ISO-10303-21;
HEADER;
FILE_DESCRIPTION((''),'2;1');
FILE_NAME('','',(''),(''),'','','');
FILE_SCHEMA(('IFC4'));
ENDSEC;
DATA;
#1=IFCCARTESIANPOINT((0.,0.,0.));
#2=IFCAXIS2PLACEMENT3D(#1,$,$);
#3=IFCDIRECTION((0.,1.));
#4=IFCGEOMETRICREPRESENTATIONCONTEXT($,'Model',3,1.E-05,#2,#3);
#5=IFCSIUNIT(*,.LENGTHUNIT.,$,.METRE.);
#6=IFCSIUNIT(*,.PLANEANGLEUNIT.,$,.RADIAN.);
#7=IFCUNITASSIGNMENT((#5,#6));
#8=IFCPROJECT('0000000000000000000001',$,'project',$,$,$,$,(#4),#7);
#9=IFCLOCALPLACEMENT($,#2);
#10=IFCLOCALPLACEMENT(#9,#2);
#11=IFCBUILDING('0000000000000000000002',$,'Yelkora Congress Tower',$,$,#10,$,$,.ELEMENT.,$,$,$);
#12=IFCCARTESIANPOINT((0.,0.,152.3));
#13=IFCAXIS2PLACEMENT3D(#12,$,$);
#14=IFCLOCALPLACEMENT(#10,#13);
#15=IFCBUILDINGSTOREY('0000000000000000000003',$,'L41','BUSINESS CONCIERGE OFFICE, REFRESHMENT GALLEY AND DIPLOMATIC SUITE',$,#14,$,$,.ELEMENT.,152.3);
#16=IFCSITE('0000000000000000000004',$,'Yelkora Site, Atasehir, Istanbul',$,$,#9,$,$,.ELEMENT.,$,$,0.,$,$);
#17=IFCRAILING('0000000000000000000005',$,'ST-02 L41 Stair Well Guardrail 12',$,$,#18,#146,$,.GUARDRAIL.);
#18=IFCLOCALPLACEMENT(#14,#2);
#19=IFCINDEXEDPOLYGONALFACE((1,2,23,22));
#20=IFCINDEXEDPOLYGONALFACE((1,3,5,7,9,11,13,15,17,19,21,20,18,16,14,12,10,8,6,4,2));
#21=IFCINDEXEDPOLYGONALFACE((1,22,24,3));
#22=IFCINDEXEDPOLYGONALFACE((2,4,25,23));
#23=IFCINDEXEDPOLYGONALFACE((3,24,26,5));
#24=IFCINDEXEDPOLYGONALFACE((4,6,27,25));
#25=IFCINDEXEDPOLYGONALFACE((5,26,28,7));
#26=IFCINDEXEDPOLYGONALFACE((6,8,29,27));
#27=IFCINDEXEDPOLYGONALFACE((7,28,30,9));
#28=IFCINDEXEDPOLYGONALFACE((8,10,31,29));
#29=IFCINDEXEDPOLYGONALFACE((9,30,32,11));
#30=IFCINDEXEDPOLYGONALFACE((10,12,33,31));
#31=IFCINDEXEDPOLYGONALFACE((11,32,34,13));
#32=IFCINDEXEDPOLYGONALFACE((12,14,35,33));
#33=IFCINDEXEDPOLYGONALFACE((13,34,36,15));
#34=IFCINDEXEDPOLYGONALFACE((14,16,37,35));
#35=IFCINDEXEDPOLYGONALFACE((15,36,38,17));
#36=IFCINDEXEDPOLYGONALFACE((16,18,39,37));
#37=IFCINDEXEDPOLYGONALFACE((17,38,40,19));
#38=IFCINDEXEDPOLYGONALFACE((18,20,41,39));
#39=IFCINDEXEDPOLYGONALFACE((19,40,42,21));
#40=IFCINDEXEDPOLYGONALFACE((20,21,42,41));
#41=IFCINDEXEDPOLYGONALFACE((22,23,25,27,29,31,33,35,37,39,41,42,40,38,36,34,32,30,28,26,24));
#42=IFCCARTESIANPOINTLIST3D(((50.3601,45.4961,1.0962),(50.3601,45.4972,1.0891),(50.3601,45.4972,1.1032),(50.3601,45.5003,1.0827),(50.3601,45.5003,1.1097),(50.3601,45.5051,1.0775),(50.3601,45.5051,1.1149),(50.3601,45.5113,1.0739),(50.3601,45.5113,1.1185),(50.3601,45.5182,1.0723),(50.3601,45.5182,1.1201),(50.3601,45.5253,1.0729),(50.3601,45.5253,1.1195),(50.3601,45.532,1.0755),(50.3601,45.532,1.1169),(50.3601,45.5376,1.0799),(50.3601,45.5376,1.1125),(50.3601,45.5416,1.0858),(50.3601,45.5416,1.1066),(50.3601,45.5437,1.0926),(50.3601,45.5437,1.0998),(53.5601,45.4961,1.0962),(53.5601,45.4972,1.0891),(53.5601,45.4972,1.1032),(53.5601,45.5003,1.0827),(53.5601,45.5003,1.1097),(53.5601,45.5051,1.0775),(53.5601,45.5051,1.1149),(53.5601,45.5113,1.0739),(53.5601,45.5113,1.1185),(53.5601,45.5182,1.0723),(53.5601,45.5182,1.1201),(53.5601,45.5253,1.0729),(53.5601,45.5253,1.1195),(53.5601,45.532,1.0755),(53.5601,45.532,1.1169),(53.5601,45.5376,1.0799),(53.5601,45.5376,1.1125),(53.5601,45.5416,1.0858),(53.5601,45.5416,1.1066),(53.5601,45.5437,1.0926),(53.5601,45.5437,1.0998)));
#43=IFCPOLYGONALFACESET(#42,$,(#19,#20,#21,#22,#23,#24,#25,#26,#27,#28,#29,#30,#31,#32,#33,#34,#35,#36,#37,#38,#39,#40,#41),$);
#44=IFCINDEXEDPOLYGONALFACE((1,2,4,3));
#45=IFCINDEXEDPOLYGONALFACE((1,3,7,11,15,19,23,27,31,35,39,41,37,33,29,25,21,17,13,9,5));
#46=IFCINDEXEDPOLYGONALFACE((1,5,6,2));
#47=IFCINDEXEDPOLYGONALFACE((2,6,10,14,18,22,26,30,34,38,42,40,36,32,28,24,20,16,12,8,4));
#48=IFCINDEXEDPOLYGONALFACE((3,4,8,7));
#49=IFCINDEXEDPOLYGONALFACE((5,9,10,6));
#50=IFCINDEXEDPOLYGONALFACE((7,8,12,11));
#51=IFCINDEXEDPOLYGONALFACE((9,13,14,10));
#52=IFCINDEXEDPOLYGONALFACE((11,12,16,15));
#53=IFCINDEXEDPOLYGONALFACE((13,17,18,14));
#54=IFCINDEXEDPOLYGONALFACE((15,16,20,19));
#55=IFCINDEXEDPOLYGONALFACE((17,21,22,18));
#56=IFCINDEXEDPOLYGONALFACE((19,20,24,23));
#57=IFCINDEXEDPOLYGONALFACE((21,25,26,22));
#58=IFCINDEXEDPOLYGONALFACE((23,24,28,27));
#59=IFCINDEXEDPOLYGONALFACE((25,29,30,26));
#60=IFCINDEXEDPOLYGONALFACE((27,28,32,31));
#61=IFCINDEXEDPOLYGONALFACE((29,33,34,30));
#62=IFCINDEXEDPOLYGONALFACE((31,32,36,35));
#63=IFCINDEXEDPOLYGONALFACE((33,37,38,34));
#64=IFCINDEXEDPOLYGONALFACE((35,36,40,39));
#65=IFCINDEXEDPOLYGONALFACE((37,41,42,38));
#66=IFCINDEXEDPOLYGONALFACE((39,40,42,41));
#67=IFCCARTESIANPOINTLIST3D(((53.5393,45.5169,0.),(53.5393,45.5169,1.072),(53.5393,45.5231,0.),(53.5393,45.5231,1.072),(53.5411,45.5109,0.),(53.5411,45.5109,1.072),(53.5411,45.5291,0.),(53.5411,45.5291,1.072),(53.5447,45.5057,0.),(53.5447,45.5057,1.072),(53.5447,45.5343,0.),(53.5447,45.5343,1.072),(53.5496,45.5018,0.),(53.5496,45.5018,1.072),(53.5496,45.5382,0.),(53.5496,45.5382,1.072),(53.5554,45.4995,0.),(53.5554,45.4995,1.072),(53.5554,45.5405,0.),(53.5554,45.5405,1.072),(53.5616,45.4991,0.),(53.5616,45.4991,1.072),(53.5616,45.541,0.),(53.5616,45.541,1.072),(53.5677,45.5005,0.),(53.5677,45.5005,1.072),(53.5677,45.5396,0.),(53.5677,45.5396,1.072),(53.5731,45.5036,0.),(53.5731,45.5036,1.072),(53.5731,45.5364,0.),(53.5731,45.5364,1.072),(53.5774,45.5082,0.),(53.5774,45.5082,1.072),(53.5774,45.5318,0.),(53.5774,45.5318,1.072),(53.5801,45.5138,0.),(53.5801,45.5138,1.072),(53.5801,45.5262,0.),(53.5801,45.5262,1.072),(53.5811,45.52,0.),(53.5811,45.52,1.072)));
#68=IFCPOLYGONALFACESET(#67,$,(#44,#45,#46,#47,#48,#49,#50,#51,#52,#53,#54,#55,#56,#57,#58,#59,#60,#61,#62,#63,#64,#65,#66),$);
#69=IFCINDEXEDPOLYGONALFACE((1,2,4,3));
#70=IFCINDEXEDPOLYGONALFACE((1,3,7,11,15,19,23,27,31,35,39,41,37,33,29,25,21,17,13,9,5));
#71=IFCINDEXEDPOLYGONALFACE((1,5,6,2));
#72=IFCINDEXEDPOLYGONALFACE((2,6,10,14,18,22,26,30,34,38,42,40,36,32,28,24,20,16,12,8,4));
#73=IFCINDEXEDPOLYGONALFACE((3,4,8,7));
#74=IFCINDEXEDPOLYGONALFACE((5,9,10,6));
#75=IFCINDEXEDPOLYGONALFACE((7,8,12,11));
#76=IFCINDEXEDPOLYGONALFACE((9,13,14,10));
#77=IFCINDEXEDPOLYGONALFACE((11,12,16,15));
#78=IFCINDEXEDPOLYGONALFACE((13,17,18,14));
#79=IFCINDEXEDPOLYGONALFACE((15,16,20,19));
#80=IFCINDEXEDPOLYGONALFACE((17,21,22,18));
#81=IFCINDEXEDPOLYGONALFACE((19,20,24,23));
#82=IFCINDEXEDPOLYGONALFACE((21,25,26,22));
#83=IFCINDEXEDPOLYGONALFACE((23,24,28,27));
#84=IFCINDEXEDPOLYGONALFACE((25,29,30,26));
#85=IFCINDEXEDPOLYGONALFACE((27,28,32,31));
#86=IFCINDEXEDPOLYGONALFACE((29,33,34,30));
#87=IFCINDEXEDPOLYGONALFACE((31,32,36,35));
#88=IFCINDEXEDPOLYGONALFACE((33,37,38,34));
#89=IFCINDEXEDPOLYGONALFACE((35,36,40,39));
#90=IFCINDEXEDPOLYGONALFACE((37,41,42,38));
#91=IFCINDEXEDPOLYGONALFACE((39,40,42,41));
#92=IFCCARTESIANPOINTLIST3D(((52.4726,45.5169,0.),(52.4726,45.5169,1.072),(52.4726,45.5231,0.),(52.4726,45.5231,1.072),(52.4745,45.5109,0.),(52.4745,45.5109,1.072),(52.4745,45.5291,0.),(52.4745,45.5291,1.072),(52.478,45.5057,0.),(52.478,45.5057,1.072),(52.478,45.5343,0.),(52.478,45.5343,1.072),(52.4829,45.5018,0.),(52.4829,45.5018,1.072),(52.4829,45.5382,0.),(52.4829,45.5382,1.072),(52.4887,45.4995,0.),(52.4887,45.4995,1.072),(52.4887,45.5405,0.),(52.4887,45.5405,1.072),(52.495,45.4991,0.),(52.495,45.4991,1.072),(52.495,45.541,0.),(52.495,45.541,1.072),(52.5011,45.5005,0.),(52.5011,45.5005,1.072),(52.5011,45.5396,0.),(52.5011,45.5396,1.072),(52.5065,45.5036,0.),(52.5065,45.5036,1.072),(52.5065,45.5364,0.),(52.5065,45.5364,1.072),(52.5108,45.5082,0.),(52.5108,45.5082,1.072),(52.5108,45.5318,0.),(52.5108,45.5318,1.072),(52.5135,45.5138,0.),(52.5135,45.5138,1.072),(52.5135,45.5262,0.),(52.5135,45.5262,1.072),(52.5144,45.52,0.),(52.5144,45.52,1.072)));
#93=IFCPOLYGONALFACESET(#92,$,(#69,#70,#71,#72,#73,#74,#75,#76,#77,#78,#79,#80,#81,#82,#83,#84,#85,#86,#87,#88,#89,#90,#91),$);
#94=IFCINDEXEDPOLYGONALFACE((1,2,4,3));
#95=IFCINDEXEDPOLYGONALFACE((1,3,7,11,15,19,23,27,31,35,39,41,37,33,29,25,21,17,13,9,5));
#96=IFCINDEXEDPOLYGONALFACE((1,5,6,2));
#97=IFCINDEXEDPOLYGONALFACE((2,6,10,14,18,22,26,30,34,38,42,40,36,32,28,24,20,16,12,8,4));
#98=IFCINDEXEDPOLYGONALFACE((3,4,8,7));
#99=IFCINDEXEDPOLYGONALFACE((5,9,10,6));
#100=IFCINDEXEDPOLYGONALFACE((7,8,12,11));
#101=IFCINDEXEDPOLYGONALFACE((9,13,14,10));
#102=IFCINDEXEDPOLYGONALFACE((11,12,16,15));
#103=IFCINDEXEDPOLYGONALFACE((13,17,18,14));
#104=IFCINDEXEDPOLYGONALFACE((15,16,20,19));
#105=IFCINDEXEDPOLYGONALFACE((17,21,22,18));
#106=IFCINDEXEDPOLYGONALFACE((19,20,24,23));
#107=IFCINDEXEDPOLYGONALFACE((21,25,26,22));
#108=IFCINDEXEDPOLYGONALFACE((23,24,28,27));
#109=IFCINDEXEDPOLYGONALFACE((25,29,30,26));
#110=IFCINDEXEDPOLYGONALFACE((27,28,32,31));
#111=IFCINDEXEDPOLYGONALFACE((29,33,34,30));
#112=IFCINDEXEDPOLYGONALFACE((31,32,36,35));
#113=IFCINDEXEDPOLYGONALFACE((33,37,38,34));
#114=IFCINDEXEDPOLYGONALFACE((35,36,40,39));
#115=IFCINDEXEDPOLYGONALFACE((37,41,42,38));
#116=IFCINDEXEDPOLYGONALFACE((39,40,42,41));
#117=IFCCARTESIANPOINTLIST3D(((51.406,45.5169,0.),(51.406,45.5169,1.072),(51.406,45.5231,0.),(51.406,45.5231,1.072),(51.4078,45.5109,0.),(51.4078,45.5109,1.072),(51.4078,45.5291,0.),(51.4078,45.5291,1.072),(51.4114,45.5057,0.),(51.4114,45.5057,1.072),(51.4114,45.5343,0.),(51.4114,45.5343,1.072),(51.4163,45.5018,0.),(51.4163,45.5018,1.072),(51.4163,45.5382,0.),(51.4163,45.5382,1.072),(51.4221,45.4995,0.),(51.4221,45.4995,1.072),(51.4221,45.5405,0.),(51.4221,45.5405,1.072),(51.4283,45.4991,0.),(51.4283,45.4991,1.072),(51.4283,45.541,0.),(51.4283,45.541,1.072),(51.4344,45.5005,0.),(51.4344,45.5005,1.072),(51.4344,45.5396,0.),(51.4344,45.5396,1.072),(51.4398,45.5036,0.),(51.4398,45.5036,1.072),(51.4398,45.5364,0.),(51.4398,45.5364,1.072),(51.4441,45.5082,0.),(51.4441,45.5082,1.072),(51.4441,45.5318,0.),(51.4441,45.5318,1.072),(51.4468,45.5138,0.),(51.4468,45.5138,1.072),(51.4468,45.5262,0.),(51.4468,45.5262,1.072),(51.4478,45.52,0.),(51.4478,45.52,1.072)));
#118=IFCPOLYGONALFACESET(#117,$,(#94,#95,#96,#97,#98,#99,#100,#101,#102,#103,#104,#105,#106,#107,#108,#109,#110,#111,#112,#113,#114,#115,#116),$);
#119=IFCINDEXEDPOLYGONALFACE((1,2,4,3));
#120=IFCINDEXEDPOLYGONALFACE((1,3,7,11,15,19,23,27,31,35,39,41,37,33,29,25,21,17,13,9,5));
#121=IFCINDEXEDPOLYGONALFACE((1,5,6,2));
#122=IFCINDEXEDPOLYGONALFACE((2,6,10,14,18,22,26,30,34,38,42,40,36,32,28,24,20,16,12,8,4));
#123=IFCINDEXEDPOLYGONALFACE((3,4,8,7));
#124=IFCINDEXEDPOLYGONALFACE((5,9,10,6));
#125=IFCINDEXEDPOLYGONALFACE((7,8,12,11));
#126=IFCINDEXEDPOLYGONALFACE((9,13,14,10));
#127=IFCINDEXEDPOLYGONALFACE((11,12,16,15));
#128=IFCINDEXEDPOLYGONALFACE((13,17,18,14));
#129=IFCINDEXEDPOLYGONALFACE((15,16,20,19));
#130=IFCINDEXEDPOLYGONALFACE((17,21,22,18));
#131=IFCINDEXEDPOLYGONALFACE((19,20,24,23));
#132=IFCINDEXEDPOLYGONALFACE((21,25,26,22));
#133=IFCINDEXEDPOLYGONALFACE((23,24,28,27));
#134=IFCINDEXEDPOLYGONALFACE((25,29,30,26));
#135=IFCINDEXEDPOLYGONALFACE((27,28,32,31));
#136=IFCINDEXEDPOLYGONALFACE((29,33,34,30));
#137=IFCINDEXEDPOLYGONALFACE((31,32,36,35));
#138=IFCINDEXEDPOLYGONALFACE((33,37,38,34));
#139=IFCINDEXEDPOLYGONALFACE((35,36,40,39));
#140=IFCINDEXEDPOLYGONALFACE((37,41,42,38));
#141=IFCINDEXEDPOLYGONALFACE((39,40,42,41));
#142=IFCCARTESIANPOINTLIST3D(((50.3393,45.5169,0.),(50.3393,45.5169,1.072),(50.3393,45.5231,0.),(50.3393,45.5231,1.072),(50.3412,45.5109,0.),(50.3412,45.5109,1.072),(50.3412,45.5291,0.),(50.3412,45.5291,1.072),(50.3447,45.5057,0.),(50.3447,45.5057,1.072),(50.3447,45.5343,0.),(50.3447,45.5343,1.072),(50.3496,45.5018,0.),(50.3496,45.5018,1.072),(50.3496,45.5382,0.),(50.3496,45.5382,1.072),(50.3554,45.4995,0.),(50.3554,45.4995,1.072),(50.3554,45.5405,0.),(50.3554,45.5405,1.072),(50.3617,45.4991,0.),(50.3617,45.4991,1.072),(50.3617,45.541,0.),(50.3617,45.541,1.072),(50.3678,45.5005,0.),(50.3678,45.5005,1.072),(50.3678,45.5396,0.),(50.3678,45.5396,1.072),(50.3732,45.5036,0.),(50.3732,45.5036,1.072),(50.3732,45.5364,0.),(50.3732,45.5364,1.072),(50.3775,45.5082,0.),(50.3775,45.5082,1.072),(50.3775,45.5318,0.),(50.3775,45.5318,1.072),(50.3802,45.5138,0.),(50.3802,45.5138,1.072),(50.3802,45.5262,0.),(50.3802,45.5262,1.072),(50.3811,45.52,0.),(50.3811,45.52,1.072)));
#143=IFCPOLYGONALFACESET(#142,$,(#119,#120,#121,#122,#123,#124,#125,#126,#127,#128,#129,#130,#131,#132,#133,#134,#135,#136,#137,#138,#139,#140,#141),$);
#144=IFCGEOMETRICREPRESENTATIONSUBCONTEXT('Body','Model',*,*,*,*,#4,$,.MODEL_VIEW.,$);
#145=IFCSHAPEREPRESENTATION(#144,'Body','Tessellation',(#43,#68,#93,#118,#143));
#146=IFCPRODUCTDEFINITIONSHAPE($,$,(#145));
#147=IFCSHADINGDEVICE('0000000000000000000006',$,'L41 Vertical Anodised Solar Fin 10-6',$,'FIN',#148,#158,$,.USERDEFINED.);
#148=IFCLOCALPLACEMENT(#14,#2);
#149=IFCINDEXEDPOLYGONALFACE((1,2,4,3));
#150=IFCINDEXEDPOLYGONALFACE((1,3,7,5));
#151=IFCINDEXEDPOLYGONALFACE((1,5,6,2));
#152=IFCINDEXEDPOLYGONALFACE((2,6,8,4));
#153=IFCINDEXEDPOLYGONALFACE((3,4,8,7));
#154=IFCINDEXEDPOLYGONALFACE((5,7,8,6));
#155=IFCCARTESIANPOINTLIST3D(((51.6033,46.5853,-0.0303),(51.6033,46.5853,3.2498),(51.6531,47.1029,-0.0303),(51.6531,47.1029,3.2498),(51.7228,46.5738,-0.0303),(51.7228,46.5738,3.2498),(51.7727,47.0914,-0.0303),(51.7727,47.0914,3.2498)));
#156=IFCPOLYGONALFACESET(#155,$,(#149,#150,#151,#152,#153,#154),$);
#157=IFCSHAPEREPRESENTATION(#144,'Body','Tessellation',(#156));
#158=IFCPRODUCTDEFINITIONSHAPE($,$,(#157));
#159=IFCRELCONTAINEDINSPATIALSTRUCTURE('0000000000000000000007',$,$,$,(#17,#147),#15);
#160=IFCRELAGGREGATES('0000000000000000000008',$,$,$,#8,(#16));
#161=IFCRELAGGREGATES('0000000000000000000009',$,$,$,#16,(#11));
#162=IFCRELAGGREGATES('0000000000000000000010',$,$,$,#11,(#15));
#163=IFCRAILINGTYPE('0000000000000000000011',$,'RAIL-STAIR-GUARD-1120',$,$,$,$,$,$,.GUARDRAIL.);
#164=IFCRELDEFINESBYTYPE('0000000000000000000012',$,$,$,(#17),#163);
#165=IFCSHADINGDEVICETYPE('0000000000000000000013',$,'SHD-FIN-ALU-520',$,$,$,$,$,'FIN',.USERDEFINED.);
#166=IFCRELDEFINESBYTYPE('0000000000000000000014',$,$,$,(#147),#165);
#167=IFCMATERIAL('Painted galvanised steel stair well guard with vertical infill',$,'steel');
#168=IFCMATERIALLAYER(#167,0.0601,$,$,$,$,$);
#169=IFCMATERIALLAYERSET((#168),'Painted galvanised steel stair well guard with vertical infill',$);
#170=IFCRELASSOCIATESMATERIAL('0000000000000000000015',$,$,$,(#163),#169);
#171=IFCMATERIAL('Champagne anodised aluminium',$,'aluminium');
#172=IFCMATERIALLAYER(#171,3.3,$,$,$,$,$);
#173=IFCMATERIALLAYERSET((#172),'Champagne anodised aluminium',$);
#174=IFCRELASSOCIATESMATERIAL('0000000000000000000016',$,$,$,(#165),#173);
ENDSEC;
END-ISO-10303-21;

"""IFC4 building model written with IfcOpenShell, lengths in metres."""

from ifc_helpers import new_model, si_unit, direction, frame, origin, origin_2d, place, context, subcontext, project, spatial, rectangle, circle, extrude, material, layer, layer_set, type_object, element, save


model = new_model("IFC4")

# Units and contexts
model_context = context("Model", 3, precision=1e-05, world=origin(), true_north=direction((0.0, 1.0)))
body_context = subcontext(model_context, "Body", "Model", "MODEL_VIEW")
ifc_project = project(units=[si_unit("LENGTHUNIT", "METRE"), si_unit("PLANEANGLEUNIT", "RADIAN")], contexts=[model_context])

# Site, building, storey
site_placement = place(None, origin())
site = spatial("IfcSite", under=ifc_project, at=site_placement, Name="Yelkora Site, Atasehir, Istanbul", CompositionType="ELEMENT", RefElevation=0.0)
building_placement = place(site_placement, origin())
building = spatial("IfcBuilding", under=site, at=building_placement, Name="Yelkora Congress Tower", CompositionType="ELEMENT")
storey_placement = place(building_placement, frame((0.0, 0.0, 152.3)))
storey = spatial("IfcBuildingStorey", under=building, at=storey_placement, Name="L41", Description="BUSINESS CONCIERGE OFFICE, REFRESHMENT GALLEY AND DIPLOMATIC SUITE", CompositionType="ELEMENT", Elevation=152.3)

# Railing
ifc_material_1 = material(Name="Painted galvanised steel stair well guard with vertical infill", Category="steel")
ifc_layer_1 = layer(ifc_material_1, 0.0601)
ifc_layer_set_1 = layer_set([ifc_layer_1], Name="Painted galvanised steel stair well guard with vertical infill")
railing_type = type_object("IfcRailingType", Name="RAIL-STAIR-GUARD-1120", PredefinedType="GUARDRAIL", material=ifc_layer_set_1)
railing_1_placement = place(storey_placement, frame((53.5601, 45.52, 0.0)))
element("IfcRailing", 1, at=railing_1_placement, inside=storey, type_object=railing_type, Name="ST-02 L41 Stair Well Guardrail 12", PredefinedType="GUARDRAIL", context=body_context, shape_type="SweptSolid", body=[
    extrude(circle(Radius=0.0239, at=origin_2d()), frame((0.0, 0.0, 1.0962), z_axis=(-1.0, 0.0, 0.0), x_axis=(0.0, -1.0, 0.0)), (0.0, 0.0, 1.0), 3.2),
    extrude(circle(Radius=0.021, at=origin_2d()), origin(), (0.0, 0.0, 1.0), 1.072),
    extrude(circle(Radius=0.021, at=origin_2d()), frame((-1.0667, 0.0, 0.0)), (0.0, 0.0, 1.0), 1.072),
    extrude(circle(Radius=0.021, at=origin_2d()), frame((-2.1333, 0.0, 0.0)), (0.0, 0.0, 1.0), 1.072),
    extrude(circle(Radius=0.021, at=origin_2d()), frame((-3.2, 0.0, 0.0)), (0.0, 0.0, 1.0), 1.072),
])

# Shading device
ifc_material_2 = material(Name="Champagne anodised aluminium", Category="aluminium")
ifc_layer_2 = layer(ifc_material_2, 3.3)
ifc_layer_set_2 = layer_set([ifc_layer_2], Name="Champagne anodised aluminium")
shading_device_type = type_object("IfcShadingDeviceType", Name="SHD-FIN-ALU-520", ElementType="FIN", PredefinedType="USERDEFINED", material=ifc_layer_set_2)
shading_device_placement = place(storey_placement, frame((51.688, 46.8384, -0.0303), z_axis=(0.0, 0.0, 1.0), x_axis=(0.995396, -0.095846, 0.0)))
element("IfcShadingDevice", 2, at=shading_device_placement, inside=storey, type_object=shading_device_type, Name="L41 Vertical Anodised Solar Fin 10-6", ObjectType="FIN", PredefinedType="USERDEFINED", context=body_context, shape_type="SweptSolid", body=[
    extrude(rectangle(XDim=0.1201, YDim=0.52, at=origin_2d()), origin(), (0.0, 0.0, 1.0), 3.28),
])

save(model, "model.ifc")
